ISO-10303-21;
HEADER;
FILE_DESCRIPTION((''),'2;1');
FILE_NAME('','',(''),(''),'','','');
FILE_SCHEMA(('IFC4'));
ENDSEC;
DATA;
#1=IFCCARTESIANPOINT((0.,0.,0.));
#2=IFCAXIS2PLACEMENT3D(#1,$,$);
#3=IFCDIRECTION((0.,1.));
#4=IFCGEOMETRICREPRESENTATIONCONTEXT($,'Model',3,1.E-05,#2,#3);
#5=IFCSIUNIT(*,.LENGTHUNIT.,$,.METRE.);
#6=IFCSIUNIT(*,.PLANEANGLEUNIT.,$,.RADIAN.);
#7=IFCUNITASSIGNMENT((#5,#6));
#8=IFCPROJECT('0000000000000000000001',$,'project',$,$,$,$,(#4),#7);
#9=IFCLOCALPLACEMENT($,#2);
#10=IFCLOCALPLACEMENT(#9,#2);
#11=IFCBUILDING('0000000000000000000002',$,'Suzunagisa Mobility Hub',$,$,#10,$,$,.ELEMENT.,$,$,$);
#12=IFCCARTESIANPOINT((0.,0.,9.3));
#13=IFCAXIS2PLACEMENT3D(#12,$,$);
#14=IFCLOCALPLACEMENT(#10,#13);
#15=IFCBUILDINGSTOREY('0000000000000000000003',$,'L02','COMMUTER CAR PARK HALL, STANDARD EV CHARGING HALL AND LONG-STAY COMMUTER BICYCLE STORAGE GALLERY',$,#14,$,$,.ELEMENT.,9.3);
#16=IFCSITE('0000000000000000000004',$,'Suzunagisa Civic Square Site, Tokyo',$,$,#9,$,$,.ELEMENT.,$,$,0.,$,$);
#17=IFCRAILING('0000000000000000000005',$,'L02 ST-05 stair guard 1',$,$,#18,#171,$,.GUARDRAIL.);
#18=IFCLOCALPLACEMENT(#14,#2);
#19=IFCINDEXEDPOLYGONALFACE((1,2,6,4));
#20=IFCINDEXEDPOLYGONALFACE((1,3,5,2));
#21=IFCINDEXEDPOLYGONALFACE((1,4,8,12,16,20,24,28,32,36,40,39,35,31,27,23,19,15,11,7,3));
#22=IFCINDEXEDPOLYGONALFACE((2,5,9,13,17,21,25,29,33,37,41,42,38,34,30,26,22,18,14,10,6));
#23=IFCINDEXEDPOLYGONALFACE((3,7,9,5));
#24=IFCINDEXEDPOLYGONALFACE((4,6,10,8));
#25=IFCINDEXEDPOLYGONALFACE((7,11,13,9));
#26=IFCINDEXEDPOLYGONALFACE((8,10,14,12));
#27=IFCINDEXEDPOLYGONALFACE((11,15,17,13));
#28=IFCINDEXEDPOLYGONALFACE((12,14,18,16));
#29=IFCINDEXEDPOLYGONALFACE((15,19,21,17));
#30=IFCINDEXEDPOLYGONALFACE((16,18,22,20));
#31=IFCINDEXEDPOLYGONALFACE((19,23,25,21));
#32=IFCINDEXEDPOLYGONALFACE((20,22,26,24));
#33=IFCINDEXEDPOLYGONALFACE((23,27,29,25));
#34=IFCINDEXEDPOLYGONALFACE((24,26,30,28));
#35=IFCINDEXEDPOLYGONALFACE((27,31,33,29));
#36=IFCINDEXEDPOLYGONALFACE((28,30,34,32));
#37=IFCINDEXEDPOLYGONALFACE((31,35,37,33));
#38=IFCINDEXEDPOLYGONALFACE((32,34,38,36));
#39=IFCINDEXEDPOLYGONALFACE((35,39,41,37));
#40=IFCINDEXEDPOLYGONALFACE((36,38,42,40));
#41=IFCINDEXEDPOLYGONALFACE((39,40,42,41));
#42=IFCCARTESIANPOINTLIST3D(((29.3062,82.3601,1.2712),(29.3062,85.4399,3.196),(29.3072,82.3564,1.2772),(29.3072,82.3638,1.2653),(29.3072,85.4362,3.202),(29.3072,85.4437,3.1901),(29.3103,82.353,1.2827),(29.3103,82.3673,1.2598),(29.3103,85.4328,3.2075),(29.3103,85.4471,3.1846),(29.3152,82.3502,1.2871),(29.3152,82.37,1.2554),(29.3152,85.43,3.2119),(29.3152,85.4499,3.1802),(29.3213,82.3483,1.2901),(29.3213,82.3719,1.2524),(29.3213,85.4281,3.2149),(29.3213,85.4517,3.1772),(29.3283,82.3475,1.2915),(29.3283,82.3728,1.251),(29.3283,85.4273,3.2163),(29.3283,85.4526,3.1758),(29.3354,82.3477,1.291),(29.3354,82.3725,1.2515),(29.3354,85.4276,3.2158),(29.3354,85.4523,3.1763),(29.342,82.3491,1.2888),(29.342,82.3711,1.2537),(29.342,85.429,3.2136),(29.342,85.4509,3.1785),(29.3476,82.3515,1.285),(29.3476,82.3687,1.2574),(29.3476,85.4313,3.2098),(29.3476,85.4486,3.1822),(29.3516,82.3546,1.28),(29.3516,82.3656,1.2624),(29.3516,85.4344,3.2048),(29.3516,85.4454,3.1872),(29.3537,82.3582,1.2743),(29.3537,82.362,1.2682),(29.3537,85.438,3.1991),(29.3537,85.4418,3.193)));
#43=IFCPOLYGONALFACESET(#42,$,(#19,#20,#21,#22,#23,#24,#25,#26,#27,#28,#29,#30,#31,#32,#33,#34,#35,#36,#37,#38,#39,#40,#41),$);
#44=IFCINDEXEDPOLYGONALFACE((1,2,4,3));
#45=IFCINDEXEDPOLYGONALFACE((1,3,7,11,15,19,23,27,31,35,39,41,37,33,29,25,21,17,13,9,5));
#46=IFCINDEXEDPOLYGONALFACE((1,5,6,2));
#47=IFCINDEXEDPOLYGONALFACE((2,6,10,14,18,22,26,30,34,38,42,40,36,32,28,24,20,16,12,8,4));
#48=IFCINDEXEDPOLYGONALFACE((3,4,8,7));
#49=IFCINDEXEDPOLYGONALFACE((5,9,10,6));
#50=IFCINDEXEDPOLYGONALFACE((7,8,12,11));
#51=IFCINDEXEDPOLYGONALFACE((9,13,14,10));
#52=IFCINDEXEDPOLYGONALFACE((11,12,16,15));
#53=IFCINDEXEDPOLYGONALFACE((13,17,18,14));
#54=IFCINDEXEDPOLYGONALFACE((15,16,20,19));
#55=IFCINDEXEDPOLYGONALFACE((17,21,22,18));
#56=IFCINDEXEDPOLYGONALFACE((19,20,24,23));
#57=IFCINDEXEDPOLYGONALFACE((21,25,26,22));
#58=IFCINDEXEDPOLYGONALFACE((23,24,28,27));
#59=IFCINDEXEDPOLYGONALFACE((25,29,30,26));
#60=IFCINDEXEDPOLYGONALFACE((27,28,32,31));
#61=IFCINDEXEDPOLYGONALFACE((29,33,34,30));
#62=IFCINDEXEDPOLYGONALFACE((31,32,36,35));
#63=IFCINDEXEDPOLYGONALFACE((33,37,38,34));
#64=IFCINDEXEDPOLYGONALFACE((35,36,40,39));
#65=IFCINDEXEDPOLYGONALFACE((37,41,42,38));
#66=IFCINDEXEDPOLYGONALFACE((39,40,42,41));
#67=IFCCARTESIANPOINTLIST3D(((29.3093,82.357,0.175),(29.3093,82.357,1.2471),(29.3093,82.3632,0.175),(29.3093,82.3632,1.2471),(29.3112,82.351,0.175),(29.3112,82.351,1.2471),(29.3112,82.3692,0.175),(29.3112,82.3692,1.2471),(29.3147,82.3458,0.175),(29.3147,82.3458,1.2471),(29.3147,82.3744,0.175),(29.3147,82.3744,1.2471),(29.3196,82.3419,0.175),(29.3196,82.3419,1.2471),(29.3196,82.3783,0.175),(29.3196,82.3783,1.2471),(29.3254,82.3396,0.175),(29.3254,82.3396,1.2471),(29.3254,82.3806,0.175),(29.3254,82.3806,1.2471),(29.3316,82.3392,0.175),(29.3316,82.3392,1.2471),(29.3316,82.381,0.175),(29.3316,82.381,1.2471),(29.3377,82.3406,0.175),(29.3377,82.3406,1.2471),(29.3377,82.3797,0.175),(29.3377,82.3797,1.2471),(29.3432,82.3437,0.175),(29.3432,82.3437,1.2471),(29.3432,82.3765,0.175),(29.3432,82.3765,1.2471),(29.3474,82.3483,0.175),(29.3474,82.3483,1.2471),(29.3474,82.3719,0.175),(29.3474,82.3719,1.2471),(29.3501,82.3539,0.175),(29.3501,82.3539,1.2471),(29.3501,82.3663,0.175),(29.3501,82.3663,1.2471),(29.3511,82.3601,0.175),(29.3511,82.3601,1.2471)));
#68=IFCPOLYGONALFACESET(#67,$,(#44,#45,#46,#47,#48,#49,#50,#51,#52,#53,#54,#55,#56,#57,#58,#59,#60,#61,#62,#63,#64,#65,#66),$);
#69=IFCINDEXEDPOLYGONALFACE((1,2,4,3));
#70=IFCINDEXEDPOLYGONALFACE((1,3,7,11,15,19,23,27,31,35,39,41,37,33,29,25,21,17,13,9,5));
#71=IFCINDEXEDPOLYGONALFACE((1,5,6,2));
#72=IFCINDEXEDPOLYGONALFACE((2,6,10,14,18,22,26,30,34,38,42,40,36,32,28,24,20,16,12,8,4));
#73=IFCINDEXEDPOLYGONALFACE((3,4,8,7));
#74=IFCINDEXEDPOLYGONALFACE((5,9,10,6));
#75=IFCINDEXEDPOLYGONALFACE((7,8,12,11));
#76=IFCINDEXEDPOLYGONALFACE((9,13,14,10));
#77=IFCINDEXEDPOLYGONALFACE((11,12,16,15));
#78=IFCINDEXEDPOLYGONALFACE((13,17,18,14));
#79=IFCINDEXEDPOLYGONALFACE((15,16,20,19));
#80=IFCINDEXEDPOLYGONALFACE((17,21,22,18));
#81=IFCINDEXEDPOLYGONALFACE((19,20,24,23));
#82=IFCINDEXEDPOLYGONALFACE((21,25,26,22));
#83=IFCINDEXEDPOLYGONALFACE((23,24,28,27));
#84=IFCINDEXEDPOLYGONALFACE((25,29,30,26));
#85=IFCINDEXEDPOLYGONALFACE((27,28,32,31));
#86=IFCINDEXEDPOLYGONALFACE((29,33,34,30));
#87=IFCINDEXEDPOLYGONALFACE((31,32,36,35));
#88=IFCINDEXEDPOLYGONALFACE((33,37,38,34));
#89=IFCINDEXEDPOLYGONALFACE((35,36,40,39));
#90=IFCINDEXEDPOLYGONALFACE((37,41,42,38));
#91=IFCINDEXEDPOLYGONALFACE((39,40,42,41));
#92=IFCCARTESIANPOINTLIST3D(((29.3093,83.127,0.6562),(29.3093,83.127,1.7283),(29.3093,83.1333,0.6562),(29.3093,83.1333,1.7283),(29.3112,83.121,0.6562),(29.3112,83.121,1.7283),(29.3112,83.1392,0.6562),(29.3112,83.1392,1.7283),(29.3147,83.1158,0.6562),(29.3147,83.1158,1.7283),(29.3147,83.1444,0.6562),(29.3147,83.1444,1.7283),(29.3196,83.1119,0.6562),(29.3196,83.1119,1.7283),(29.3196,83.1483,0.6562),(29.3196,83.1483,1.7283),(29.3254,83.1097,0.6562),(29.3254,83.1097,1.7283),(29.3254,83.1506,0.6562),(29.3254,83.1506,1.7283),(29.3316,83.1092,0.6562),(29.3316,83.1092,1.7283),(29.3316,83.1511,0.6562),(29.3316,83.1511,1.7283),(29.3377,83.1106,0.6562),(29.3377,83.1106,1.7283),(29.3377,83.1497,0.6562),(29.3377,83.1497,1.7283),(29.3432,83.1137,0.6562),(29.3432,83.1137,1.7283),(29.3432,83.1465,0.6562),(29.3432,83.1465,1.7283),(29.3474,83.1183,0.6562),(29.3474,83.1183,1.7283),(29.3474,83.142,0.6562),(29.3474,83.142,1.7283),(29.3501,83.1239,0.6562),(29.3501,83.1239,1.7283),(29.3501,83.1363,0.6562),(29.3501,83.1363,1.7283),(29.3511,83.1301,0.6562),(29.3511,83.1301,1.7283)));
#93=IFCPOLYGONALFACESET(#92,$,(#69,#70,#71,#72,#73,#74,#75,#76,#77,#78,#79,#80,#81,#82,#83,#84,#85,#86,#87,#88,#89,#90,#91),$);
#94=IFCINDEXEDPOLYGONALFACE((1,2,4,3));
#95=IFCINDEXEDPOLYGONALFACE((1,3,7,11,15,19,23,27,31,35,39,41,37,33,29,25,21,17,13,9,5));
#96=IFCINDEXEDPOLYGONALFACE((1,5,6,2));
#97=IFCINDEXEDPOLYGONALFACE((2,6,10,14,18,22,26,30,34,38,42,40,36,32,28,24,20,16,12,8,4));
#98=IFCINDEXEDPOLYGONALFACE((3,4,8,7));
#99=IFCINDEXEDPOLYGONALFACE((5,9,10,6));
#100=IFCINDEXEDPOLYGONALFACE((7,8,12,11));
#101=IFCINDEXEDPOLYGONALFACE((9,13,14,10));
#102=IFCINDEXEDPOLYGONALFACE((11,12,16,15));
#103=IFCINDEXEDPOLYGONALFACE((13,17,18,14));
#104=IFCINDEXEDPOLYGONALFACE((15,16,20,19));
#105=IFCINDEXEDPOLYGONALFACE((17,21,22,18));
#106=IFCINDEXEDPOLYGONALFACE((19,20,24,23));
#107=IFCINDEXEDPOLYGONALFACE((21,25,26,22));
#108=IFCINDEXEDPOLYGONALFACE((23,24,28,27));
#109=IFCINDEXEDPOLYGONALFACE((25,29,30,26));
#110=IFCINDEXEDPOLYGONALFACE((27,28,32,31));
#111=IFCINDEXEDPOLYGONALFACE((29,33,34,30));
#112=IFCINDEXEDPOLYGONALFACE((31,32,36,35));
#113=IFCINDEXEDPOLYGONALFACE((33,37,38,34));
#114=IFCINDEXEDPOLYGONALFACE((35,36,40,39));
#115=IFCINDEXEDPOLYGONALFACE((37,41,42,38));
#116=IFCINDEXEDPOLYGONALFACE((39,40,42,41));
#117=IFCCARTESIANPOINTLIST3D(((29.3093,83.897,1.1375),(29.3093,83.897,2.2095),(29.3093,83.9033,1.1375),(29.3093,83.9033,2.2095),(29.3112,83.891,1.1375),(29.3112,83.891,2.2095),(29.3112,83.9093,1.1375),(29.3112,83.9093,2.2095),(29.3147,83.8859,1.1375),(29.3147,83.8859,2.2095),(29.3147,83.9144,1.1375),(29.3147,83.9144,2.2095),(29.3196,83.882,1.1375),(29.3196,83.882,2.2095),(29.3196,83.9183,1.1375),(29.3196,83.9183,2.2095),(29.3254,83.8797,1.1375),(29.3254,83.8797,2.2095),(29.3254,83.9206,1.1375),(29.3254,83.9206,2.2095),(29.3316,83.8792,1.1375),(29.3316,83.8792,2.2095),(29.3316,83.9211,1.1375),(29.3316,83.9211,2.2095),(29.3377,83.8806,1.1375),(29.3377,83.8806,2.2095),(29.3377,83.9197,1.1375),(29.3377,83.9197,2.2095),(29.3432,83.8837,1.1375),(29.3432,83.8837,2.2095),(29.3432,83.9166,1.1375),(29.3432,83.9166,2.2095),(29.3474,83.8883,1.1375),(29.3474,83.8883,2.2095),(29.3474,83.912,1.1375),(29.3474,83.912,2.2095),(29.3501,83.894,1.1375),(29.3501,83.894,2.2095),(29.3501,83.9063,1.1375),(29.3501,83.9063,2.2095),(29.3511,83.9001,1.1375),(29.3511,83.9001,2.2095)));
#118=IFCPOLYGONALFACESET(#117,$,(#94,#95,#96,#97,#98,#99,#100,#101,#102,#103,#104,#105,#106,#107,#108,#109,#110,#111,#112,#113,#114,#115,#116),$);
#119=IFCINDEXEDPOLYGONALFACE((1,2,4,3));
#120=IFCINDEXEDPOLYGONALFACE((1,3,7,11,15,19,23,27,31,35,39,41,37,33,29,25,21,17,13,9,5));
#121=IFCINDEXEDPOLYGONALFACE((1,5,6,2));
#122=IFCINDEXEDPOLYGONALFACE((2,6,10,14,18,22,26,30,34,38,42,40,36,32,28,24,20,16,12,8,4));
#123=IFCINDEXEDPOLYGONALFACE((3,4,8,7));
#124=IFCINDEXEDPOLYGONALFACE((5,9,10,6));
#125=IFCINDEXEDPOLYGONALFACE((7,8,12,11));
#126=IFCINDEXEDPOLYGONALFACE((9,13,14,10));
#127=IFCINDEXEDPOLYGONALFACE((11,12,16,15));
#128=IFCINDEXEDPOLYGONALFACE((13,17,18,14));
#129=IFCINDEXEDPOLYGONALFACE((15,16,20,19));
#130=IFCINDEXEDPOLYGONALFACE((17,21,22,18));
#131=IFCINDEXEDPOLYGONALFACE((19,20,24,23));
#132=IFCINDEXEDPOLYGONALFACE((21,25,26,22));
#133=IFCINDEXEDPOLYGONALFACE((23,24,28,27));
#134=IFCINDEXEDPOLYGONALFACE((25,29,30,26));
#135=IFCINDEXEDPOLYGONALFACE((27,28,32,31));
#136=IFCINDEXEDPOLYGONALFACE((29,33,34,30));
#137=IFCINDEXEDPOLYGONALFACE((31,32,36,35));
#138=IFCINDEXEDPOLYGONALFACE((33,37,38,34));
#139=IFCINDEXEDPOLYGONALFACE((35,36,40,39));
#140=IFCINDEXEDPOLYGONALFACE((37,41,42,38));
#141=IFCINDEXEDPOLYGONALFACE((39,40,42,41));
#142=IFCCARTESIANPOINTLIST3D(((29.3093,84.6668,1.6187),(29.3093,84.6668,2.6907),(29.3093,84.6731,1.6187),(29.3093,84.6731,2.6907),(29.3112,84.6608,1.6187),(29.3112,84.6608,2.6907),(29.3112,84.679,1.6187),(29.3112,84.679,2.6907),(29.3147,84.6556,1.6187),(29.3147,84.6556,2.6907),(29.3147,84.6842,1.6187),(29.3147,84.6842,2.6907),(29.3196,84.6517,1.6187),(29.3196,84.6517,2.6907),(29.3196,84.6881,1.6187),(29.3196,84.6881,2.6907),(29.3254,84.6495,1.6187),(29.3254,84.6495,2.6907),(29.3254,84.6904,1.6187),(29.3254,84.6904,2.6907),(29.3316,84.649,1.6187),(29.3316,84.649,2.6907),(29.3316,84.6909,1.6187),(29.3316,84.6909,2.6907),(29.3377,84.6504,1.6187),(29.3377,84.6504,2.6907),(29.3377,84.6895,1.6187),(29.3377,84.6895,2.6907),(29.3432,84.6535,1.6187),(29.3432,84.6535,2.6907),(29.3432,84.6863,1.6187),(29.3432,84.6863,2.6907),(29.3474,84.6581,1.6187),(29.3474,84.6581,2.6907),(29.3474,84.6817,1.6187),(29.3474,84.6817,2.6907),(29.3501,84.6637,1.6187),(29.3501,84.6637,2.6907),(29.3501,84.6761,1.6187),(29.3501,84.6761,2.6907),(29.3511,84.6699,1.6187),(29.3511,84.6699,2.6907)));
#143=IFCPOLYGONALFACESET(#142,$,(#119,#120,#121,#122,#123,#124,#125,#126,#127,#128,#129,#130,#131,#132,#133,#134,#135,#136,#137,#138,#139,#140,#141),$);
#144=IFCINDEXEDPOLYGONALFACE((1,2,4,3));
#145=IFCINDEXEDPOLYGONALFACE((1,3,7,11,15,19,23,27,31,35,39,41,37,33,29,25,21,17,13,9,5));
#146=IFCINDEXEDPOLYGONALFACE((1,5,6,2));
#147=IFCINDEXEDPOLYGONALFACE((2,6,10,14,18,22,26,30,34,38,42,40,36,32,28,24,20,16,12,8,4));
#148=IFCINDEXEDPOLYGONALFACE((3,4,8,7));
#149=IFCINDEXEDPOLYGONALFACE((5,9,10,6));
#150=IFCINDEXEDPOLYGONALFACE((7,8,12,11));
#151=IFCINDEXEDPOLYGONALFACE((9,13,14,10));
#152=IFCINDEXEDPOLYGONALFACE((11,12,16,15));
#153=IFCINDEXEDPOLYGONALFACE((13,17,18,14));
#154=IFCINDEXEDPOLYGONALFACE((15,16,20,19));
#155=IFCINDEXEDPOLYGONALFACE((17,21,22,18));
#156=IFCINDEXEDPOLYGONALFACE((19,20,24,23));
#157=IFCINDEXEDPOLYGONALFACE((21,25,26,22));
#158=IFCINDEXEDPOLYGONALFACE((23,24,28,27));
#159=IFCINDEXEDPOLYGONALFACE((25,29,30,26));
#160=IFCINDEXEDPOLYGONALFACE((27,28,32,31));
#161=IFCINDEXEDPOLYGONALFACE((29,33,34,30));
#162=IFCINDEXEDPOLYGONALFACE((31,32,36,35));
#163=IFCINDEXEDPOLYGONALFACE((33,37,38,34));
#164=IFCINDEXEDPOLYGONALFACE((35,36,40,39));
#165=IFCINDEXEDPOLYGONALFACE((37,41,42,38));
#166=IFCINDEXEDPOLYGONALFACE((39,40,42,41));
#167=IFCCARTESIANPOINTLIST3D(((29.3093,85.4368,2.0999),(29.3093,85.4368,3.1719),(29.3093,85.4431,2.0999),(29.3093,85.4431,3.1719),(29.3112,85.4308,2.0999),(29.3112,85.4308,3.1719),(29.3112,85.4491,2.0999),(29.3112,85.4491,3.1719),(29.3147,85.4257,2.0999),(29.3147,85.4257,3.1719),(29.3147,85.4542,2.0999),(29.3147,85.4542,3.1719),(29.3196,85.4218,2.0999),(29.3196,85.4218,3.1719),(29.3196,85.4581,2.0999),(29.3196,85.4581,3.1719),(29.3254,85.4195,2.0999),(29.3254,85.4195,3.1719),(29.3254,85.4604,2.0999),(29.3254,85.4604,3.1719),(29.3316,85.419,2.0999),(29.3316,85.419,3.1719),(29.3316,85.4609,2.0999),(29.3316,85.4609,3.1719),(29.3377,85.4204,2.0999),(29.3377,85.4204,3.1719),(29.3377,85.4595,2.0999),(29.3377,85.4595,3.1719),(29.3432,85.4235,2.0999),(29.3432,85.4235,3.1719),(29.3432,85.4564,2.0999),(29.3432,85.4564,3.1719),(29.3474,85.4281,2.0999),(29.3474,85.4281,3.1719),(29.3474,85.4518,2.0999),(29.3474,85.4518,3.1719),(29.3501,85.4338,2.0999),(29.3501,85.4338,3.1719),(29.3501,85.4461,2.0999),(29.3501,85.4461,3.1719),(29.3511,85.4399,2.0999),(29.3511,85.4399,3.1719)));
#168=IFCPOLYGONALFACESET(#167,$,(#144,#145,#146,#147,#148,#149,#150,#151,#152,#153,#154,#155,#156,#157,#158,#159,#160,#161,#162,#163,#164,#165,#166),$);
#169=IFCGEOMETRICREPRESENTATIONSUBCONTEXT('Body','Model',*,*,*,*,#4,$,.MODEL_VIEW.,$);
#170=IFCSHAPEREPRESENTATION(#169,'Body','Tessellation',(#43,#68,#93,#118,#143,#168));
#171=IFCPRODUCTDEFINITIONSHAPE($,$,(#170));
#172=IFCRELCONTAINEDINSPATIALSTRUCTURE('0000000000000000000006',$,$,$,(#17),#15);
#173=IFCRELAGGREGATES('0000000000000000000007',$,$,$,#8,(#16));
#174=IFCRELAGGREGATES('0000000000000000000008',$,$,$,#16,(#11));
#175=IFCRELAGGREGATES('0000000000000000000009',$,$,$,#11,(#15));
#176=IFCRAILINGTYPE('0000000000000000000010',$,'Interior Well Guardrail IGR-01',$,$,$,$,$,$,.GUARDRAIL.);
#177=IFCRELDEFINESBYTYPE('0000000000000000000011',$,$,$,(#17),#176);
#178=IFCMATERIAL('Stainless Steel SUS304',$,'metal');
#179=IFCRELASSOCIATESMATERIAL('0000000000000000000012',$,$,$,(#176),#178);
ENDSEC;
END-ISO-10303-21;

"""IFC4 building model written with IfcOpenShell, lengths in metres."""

from ifc_helpers import new_model, si_unit, direction, frame, origin, origin_2d, place, context, subcontext, project, spatial, circle, extrude, material, type_object, element, save


model = new_model("IFC4")

# Units and contexts
model_context = context("Model", 3, precision=1e-05, world=origin(), true_north=direction((0.0, 1.0)))
body_context = subcontext(model_context, "Body", "Model", "MODEL_VIEW")
ifc_project = project(units=[si_unit("LENGTHUNIT", "METRE"), si_unit("PLANEANGLEUNIT", "RADIAN")], contexts=[model_context])

# Site, building, storey
site_placement = place(None, origin())
site = spatial("IfcSite", under=ifc_project, at=site_placement, Name="Suzunagisa Civic Square Site, Tokyo", CompositionType="ELEMENT", RefElevation=0.0)
building_placement = place(site_placement, origin())
building = spatial("IfcBuilding", under=site, at=building_placement, Name="Suzunagisa Mobility Hub", CompositionType="ELEMENT")
storey_placement = place(building_placement, frame((0.0, 0.0, 9.3)))
storey = spatial("IfcBuildingStorey", under=building, at=storey_placement, Name="L02", Description="COMMUTER CAR PARK HALL, STANDARD EV CHARGING HALL AND LONG-STAY COMMUTER BICYCLE STORAGE GALLERY", CompositionType="ELEMENT", Elevation=9.3)

# Railing
ifc_material_1 = material(Name="Stainless Steel SUS304", Category="metal")
railing_type_1 = type_object("IfcRailingType", Name="Interior Well Guardrail IGR-01", PredefinedType="GUARDRAIL", material=ifc_material_1)
railing_1_placement = place(storey_placement, frame((29.3301, 82.3601, 0.175)))
element("IfcRailing", 1, at=railing_1_placement, inside=storey, type_object=railing_type_1, Name="L02 ST-05 stair guard 1", PredefinedType="GUARDRAIL", context=body_context, shape_type="SweptSolid", body=[
    extrude(circle(Radius=0.0239, at=origin_2d()), frame((0.0, 0.0, 1.0962), z_axis=(0.0, 0.84801, 0.529981), x_axis=(-1.0, 0.0, 0.0)), (0.0, 0.0, 1.0), 3.6318),
    extrude(circle(Radius=0.021, at=origin_2d()), origin(), (0.0, 0.0, 1.0), 1.072),
    extrude(circle(Radius=0.021, at=origin_2d()), frame((0.0, 0.77, 0.4812)), (0.0, 0.0, 1.0), 1.072),
    extrude(circle(Radius=0.021, at=origin_2d()), frame((0.0, 1.54, 0.9624)), (0.0, 0.0, 1.0), 1.072),
    extrude(circle(Radius=0.021, at=origin_2d()), frame((0.0, 2.3098, 1.4436)), (0.0, 0.0, 1.0), 1.072),
    extrude(circle(Radius=0.021, at=origin_2d()), frame((0.0, 3.0798, 1.9248)), (0.0, 0.0, 1.0), 1.072),
])

save(model, "model.ifc")
